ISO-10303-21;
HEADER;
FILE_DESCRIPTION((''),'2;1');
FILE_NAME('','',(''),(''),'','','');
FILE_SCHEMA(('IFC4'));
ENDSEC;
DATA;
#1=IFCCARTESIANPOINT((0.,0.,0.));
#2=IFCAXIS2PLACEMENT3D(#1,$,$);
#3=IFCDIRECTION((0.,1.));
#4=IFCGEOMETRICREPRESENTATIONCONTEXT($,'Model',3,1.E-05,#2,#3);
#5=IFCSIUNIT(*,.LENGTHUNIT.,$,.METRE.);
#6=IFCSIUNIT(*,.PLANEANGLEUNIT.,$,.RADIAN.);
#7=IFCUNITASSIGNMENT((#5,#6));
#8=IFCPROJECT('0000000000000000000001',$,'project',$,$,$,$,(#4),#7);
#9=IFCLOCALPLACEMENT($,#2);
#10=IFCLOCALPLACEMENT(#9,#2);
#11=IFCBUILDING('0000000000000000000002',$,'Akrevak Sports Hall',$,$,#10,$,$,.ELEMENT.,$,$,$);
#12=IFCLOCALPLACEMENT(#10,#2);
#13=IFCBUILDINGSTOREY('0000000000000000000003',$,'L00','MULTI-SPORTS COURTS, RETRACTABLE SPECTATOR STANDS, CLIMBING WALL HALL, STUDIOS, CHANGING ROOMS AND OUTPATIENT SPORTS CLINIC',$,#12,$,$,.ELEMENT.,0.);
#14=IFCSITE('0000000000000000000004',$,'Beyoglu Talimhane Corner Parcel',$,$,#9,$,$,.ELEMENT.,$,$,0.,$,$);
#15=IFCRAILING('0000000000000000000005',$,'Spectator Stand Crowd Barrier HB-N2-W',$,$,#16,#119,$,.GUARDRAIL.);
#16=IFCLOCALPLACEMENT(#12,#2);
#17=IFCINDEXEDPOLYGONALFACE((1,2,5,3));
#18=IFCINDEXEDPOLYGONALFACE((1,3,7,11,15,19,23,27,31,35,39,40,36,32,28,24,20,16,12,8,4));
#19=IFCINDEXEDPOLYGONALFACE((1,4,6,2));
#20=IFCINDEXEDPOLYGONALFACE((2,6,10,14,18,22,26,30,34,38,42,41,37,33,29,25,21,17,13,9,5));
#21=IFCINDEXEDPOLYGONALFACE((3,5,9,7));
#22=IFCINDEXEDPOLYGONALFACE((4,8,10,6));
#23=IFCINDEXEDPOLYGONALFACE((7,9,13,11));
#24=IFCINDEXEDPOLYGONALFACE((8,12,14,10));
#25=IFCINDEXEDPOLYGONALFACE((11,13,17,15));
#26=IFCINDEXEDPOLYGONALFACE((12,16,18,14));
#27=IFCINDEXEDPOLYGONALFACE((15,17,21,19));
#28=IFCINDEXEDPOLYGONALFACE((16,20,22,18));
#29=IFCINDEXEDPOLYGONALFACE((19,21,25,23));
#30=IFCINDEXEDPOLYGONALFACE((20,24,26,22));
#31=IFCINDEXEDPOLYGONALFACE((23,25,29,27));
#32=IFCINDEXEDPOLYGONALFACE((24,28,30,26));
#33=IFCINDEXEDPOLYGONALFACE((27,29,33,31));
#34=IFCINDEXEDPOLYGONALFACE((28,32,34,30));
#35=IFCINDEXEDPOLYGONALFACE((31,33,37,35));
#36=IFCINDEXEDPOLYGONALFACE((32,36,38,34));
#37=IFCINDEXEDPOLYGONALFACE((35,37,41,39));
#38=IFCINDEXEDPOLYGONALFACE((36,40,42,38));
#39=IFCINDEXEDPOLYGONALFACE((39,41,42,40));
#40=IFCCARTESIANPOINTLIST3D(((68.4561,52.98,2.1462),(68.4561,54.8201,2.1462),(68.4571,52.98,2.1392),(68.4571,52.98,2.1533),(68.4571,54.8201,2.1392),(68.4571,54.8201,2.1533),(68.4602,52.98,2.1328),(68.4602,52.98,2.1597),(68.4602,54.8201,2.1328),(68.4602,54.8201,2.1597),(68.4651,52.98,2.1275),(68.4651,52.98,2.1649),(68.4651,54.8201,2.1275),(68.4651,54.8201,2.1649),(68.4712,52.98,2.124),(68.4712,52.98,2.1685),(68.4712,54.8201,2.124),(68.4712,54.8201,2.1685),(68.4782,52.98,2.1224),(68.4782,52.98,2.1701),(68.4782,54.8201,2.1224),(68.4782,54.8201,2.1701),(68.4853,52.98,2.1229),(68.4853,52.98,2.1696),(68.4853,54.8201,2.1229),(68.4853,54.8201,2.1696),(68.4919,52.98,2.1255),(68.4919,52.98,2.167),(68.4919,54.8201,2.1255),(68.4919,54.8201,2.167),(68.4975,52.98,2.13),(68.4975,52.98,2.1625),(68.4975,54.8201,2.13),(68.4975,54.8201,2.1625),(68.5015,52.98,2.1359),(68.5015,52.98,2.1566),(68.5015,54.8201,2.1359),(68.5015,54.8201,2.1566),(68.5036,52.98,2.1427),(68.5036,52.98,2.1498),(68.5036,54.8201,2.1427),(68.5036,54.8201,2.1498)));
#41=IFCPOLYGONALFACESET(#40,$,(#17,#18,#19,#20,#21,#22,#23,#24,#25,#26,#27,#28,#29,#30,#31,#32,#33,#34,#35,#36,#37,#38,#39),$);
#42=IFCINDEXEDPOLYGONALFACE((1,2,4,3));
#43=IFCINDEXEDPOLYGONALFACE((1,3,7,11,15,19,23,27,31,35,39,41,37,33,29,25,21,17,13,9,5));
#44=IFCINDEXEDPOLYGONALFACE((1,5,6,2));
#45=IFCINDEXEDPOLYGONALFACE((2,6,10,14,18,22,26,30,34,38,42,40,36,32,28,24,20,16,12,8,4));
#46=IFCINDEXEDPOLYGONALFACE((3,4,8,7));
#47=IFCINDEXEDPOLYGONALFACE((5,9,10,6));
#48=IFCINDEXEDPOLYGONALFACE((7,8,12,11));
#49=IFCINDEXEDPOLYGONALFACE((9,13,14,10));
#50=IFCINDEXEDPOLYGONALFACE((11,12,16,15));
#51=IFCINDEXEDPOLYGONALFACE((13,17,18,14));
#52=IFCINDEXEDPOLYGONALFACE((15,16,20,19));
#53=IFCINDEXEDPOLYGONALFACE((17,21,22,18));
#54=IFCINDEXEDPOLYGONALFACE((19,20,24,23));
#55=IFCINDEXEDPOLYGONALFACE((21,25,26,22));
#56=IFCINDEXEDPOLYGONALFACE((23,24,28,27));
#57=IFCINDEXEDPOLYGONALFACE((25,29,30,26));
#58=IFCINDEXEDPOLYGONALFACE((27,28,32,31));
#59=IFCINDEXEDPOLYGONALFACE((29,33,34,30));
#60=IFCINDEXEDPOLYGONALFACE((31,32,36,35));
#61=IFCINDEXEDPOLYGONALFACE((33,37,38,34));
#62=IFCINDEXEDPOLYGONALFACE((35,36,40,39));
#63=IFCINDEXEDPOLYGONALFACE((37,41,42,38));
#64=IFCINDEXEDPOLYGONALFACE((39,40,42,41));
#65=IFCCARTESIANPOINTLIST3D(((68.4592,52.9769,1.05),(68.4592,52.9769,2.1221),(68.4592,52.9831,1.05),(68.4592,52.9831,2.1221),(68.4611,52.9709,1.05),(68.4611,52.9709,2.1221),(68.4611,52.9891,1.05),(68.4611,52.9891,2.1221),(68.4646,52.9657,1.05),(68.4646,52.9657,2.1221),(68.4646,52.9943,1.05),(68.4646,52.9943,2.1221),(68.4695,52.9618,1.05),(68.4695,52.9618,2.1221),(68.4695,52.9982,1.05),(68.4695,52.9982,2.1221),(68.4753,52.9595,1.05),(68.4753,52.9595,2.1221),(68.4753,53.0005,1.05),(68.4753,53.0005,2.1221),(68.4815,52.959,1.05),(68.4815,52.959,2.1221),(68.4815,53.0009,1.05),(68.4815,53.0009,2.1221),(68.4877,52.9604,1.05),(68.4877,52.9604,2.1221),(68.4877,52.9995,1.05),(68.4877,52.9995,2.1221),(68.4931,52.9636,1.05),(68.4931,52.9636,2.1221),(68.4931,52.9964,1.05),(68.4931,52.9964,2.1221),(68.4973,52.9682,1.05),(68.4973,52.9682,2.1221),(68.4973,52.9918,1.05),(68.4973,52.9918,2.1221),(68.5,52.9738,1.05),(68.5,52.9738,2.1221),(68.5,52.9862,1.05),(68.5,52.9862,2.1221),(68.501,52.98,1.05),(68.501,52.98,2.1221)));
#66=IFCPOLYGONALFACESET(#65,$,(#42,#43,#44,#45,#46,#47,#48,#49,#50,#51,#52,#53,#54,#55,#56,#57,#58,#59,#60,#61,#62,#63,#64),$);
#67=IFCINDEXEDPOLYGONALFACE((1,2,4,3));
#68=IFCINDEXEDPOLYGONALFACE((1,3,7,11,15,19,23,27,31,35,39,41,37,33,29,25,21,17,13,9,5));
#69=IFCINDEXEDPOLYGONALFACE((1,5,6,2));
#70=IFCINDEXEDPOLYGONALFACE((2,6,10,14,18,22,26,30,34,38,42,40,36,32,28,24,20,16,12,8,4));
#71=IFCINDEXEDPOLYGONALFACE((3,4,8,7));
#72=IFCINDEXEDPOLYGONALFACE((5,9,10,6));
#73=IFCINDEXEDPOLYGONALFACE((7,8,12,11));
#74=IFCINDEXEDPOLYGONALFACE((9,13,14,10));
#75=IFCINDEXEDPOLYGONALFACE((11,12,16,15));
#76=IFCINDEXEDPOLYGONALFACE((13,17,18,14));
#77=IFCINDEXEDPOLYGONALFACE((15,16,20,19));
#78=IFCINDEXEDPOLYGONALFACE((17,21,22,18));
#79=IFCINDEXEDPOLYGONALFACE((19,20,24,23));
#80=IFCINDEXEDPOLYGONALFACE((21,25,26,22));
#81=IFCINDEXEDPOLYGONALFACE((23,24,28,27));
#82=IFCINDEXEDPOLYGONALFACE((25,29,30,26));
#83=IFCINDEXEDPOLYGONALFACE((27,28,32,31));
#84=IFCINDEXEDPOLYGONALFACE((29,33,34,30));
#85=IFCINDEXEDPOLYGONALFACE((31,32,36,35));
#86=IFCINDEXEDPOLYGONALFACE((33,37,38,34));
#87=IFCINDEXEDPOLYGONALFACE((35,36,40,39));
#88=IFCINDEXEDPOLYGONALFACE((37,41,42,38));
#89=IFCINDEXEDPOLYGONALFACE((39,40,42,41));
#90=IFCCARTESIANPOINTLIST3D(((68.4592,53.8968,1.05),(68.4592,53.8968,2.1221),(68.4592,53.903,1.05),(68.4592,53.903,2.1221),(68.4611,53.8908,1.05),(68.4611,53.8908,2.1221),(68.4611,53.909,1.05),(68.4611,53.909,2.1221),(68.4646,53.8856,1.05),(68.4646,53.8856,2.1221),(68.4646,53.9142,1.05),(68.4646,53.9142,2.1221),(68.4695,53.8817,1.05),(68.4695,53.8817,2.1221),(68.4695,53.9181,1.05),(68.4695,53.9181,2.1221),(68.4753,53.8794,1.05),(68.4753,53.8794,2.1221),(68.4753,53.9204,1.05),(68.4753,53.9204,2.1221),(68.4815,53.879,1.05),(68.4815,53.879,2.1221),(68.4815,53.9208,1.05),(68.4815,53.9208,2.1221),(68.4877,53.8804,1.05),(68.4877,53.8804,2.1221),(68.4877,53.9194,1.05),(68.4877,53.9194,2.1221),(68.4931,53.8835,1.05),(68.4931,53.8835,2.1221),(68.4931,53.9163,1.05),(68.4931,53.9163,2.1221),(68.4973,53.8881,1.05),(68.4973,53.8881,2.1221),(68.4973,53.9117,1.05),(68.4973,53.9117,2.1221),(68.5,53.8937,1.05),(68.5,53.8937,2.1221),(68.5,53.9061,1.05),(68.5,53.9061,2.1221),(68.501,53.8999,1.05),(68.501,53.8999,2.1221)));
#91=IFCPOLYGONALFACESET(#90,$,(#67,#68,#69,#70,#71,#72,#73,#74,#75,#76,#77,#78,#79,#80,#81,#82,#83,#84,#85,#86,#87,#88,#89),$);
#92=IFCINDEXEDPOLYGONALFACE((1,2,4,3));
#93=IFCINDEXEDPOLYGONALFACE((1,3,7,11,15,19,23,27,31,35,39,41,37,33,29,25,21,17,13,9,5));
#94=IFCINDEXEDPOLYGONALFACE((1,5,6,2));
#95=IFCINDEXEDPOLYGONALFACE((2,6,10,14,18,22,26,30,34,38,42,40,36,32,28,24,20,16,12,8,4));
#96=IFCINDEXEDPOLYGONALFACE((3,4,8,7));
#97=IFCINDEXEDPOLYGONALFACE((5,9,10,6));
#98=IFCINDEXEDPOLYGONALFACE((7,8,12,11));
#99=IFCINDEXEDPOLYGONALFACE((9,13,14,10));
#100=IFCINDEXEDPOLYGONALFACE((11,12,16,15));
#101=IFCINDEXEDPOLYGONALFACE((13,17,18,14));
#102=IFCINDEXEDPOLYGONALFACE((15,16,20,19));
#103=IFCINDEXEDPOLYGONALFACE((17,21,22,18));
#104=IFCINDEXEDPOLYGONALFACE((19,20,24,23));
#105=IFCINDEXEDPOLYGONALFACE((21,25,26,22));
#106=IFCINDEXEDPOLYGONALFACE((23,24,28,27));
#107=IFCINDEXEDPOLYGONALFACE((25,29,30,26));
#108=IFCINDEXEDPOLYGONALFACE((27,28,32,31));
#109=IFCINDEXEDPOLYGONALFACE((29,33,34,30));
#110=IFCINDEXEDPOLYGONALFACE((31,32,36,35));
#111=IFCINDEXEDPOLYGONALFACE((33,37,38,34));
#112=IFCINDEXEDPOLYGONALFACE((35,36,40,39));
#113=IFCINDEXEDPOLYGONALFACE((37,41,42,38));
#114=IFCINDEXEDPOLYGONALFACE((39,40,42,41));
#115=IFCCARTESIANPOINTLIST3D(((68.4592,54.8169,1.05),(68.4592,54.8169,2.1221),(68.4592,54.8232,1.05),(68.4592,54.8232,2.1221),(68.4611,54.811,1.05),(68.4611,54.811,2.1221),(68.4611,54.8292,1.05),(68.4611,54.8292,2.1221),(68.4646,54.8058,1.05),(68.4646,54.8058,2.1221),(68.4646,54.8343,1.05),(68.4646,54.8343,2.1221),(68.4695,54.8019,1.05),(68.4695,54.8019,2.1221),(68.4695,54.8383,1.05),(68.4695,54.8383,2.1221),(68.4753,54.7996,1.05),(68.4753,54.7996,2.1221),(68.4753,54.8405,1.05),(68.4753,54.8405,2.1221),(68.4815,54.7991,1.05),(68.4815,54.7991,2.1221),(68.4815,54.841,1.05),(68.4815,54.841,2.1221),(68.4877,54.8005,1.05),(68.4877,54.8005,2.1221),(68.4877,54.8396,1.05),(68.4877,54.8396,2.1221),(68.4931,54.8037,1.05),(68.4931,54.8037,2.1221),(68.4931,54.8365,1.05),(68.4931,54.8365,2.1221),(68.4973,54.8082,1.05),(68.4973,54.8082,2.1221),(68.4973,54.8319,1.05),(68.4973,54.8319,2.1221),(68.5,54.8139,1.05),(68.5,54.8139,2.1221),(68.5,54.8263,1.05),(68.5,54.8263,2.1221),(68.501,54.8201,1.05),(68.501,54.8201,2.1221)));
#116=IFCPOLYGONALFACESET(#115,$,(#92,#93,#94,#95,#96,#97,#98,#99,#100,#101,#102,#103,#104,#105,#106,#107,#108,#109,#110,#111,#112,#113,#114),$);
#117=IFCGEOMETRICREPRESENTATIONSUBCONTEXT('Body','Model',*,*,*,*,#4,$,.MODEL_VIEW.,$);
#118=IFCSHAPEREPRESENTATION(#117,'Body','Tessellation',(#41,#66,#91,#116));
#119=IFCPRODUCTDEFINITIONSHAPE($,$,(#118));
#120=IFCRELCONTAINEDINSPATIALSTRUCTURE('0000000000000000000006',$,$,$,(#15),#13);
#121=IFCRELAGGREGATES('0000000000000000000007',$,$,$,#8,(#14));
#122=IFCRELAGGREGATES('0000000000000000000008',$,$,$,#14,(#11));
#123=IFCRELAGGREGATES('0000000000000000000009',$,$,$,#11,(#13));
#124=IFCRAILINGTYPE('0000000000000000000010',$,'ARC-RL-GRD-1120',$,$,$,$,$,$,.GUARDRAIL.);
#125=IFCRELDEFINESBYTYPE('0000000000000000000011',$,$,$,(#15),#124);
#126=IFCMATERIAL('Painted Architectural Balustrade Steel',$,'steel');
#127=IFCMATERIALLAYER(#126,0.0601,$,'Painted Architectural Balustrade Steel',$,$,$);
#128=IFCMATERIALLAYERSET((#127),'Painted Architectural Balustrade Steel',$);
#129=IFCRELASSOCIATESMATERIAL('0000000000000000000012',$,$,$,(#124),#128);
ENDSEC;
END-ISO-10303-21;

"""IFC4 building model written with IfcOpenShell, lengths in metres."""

from ifc_helpers import new_model, si_unit, direction, frame, origin, origin_2d, place, context, subcontext, project, spatial, circle, extrude, material, layer, layer_set, type_object, element, save


model = new_model("IFC4")

# Units and contexts
model_context = context("Model", 3, precision=1e-05, world=origin(), true_north=direction((0.0, 1.0)))
body_context = subcontext(model_context, "Body", "Model", "MODEL_VIEW")
ifc_project = project(units=[si_unit("LENGTHUNIT", "METRE"), si_unit("PLANEANGLEUNIT", "RADIAN")], contexts=[model_context])

# Site, building, storey
site_placement = place(None, origin())
site = spatial("IfcSite", under=ifc_project, at=site_placement, Name="Beyoglu Talimhane Corner Parcel", CompositionType="ELEMENT", RefElevation=0.0)
building_placement = place(site_placement, origin())
building = spatial("IfcBuilding", under=site, at=building_placement, Name="Akrevak Sports Hall", CompositionType="ELEMENT")
storey_placement = place(building_placement, origin())
storey = spatial("IfcBuildingStorey", under=building, at=storey_placement, Name="L00", Description="MULTI-SPORTS COURTS, RETRACTABLE SPECTATOR STANDS, CLIMBING WALL HALL, STUDIOS, CHANGING ROOMS AND OUTPATIENT SPORTS CLINIC", CompositionType="ELEMENT", Elevation=0.0)

# Railing
ifc_material_1 = material(Name="Painted Architectural Balustrade Steel", Category="steel")
ifc_layer_1 = layer(ifc_material_1, 0.0601, Name="Painted Architectural Balustrade Steel")
ifc_layer_set_1 = layer_set([ifc_layer_1], Name="Painted Architectural Balustrade Steel")
railing_type_1 = type_object("IfcRailingType", Name="ARC-RL-GRD-1120", PredefinedType="GUARDRAIL", material=ifc_layer_set_1)
railing_1_placement = place(storey_placement, frame((68.48, 52.98, 1.05)))
element("IfcRailing", 1, at=railing_1_placement, inside=storey, type_object=railing_type_1, Name="Spectator Stand Crowd Barrier HB-N2-W", PredefinedType="GUARDRAIL", context=body_context, shape_type="SweptSolid", body=[
    extrude(circle(Radius=0.0239, at=origin_2d()), frame((0.0, 0.0, 1.0962), z_axis=(0.0, 1.0, 0.0), x_axis=(-1.0, 0.0, 0.0)), (0.0, 0.0, 1.0), 1.8401),
    extrude(circle(Radius=0.021, at=origin_2d()), origin(), (0.0, 0.0, 1.0), 1.072),
    extrude(circle(Radius=0.021, at=origin_2d()), frame((0.0, 0.9199, 0.0)), (0.0, 0.0, 1.0), 1.072),
    extrude(circle(Radius=0.021, at=origin_2d()), frame((0.0, 1.8401, 0.0)), (0.0, 0.0, 1.0), 1.072),
])

save(model, "model.ifc")
